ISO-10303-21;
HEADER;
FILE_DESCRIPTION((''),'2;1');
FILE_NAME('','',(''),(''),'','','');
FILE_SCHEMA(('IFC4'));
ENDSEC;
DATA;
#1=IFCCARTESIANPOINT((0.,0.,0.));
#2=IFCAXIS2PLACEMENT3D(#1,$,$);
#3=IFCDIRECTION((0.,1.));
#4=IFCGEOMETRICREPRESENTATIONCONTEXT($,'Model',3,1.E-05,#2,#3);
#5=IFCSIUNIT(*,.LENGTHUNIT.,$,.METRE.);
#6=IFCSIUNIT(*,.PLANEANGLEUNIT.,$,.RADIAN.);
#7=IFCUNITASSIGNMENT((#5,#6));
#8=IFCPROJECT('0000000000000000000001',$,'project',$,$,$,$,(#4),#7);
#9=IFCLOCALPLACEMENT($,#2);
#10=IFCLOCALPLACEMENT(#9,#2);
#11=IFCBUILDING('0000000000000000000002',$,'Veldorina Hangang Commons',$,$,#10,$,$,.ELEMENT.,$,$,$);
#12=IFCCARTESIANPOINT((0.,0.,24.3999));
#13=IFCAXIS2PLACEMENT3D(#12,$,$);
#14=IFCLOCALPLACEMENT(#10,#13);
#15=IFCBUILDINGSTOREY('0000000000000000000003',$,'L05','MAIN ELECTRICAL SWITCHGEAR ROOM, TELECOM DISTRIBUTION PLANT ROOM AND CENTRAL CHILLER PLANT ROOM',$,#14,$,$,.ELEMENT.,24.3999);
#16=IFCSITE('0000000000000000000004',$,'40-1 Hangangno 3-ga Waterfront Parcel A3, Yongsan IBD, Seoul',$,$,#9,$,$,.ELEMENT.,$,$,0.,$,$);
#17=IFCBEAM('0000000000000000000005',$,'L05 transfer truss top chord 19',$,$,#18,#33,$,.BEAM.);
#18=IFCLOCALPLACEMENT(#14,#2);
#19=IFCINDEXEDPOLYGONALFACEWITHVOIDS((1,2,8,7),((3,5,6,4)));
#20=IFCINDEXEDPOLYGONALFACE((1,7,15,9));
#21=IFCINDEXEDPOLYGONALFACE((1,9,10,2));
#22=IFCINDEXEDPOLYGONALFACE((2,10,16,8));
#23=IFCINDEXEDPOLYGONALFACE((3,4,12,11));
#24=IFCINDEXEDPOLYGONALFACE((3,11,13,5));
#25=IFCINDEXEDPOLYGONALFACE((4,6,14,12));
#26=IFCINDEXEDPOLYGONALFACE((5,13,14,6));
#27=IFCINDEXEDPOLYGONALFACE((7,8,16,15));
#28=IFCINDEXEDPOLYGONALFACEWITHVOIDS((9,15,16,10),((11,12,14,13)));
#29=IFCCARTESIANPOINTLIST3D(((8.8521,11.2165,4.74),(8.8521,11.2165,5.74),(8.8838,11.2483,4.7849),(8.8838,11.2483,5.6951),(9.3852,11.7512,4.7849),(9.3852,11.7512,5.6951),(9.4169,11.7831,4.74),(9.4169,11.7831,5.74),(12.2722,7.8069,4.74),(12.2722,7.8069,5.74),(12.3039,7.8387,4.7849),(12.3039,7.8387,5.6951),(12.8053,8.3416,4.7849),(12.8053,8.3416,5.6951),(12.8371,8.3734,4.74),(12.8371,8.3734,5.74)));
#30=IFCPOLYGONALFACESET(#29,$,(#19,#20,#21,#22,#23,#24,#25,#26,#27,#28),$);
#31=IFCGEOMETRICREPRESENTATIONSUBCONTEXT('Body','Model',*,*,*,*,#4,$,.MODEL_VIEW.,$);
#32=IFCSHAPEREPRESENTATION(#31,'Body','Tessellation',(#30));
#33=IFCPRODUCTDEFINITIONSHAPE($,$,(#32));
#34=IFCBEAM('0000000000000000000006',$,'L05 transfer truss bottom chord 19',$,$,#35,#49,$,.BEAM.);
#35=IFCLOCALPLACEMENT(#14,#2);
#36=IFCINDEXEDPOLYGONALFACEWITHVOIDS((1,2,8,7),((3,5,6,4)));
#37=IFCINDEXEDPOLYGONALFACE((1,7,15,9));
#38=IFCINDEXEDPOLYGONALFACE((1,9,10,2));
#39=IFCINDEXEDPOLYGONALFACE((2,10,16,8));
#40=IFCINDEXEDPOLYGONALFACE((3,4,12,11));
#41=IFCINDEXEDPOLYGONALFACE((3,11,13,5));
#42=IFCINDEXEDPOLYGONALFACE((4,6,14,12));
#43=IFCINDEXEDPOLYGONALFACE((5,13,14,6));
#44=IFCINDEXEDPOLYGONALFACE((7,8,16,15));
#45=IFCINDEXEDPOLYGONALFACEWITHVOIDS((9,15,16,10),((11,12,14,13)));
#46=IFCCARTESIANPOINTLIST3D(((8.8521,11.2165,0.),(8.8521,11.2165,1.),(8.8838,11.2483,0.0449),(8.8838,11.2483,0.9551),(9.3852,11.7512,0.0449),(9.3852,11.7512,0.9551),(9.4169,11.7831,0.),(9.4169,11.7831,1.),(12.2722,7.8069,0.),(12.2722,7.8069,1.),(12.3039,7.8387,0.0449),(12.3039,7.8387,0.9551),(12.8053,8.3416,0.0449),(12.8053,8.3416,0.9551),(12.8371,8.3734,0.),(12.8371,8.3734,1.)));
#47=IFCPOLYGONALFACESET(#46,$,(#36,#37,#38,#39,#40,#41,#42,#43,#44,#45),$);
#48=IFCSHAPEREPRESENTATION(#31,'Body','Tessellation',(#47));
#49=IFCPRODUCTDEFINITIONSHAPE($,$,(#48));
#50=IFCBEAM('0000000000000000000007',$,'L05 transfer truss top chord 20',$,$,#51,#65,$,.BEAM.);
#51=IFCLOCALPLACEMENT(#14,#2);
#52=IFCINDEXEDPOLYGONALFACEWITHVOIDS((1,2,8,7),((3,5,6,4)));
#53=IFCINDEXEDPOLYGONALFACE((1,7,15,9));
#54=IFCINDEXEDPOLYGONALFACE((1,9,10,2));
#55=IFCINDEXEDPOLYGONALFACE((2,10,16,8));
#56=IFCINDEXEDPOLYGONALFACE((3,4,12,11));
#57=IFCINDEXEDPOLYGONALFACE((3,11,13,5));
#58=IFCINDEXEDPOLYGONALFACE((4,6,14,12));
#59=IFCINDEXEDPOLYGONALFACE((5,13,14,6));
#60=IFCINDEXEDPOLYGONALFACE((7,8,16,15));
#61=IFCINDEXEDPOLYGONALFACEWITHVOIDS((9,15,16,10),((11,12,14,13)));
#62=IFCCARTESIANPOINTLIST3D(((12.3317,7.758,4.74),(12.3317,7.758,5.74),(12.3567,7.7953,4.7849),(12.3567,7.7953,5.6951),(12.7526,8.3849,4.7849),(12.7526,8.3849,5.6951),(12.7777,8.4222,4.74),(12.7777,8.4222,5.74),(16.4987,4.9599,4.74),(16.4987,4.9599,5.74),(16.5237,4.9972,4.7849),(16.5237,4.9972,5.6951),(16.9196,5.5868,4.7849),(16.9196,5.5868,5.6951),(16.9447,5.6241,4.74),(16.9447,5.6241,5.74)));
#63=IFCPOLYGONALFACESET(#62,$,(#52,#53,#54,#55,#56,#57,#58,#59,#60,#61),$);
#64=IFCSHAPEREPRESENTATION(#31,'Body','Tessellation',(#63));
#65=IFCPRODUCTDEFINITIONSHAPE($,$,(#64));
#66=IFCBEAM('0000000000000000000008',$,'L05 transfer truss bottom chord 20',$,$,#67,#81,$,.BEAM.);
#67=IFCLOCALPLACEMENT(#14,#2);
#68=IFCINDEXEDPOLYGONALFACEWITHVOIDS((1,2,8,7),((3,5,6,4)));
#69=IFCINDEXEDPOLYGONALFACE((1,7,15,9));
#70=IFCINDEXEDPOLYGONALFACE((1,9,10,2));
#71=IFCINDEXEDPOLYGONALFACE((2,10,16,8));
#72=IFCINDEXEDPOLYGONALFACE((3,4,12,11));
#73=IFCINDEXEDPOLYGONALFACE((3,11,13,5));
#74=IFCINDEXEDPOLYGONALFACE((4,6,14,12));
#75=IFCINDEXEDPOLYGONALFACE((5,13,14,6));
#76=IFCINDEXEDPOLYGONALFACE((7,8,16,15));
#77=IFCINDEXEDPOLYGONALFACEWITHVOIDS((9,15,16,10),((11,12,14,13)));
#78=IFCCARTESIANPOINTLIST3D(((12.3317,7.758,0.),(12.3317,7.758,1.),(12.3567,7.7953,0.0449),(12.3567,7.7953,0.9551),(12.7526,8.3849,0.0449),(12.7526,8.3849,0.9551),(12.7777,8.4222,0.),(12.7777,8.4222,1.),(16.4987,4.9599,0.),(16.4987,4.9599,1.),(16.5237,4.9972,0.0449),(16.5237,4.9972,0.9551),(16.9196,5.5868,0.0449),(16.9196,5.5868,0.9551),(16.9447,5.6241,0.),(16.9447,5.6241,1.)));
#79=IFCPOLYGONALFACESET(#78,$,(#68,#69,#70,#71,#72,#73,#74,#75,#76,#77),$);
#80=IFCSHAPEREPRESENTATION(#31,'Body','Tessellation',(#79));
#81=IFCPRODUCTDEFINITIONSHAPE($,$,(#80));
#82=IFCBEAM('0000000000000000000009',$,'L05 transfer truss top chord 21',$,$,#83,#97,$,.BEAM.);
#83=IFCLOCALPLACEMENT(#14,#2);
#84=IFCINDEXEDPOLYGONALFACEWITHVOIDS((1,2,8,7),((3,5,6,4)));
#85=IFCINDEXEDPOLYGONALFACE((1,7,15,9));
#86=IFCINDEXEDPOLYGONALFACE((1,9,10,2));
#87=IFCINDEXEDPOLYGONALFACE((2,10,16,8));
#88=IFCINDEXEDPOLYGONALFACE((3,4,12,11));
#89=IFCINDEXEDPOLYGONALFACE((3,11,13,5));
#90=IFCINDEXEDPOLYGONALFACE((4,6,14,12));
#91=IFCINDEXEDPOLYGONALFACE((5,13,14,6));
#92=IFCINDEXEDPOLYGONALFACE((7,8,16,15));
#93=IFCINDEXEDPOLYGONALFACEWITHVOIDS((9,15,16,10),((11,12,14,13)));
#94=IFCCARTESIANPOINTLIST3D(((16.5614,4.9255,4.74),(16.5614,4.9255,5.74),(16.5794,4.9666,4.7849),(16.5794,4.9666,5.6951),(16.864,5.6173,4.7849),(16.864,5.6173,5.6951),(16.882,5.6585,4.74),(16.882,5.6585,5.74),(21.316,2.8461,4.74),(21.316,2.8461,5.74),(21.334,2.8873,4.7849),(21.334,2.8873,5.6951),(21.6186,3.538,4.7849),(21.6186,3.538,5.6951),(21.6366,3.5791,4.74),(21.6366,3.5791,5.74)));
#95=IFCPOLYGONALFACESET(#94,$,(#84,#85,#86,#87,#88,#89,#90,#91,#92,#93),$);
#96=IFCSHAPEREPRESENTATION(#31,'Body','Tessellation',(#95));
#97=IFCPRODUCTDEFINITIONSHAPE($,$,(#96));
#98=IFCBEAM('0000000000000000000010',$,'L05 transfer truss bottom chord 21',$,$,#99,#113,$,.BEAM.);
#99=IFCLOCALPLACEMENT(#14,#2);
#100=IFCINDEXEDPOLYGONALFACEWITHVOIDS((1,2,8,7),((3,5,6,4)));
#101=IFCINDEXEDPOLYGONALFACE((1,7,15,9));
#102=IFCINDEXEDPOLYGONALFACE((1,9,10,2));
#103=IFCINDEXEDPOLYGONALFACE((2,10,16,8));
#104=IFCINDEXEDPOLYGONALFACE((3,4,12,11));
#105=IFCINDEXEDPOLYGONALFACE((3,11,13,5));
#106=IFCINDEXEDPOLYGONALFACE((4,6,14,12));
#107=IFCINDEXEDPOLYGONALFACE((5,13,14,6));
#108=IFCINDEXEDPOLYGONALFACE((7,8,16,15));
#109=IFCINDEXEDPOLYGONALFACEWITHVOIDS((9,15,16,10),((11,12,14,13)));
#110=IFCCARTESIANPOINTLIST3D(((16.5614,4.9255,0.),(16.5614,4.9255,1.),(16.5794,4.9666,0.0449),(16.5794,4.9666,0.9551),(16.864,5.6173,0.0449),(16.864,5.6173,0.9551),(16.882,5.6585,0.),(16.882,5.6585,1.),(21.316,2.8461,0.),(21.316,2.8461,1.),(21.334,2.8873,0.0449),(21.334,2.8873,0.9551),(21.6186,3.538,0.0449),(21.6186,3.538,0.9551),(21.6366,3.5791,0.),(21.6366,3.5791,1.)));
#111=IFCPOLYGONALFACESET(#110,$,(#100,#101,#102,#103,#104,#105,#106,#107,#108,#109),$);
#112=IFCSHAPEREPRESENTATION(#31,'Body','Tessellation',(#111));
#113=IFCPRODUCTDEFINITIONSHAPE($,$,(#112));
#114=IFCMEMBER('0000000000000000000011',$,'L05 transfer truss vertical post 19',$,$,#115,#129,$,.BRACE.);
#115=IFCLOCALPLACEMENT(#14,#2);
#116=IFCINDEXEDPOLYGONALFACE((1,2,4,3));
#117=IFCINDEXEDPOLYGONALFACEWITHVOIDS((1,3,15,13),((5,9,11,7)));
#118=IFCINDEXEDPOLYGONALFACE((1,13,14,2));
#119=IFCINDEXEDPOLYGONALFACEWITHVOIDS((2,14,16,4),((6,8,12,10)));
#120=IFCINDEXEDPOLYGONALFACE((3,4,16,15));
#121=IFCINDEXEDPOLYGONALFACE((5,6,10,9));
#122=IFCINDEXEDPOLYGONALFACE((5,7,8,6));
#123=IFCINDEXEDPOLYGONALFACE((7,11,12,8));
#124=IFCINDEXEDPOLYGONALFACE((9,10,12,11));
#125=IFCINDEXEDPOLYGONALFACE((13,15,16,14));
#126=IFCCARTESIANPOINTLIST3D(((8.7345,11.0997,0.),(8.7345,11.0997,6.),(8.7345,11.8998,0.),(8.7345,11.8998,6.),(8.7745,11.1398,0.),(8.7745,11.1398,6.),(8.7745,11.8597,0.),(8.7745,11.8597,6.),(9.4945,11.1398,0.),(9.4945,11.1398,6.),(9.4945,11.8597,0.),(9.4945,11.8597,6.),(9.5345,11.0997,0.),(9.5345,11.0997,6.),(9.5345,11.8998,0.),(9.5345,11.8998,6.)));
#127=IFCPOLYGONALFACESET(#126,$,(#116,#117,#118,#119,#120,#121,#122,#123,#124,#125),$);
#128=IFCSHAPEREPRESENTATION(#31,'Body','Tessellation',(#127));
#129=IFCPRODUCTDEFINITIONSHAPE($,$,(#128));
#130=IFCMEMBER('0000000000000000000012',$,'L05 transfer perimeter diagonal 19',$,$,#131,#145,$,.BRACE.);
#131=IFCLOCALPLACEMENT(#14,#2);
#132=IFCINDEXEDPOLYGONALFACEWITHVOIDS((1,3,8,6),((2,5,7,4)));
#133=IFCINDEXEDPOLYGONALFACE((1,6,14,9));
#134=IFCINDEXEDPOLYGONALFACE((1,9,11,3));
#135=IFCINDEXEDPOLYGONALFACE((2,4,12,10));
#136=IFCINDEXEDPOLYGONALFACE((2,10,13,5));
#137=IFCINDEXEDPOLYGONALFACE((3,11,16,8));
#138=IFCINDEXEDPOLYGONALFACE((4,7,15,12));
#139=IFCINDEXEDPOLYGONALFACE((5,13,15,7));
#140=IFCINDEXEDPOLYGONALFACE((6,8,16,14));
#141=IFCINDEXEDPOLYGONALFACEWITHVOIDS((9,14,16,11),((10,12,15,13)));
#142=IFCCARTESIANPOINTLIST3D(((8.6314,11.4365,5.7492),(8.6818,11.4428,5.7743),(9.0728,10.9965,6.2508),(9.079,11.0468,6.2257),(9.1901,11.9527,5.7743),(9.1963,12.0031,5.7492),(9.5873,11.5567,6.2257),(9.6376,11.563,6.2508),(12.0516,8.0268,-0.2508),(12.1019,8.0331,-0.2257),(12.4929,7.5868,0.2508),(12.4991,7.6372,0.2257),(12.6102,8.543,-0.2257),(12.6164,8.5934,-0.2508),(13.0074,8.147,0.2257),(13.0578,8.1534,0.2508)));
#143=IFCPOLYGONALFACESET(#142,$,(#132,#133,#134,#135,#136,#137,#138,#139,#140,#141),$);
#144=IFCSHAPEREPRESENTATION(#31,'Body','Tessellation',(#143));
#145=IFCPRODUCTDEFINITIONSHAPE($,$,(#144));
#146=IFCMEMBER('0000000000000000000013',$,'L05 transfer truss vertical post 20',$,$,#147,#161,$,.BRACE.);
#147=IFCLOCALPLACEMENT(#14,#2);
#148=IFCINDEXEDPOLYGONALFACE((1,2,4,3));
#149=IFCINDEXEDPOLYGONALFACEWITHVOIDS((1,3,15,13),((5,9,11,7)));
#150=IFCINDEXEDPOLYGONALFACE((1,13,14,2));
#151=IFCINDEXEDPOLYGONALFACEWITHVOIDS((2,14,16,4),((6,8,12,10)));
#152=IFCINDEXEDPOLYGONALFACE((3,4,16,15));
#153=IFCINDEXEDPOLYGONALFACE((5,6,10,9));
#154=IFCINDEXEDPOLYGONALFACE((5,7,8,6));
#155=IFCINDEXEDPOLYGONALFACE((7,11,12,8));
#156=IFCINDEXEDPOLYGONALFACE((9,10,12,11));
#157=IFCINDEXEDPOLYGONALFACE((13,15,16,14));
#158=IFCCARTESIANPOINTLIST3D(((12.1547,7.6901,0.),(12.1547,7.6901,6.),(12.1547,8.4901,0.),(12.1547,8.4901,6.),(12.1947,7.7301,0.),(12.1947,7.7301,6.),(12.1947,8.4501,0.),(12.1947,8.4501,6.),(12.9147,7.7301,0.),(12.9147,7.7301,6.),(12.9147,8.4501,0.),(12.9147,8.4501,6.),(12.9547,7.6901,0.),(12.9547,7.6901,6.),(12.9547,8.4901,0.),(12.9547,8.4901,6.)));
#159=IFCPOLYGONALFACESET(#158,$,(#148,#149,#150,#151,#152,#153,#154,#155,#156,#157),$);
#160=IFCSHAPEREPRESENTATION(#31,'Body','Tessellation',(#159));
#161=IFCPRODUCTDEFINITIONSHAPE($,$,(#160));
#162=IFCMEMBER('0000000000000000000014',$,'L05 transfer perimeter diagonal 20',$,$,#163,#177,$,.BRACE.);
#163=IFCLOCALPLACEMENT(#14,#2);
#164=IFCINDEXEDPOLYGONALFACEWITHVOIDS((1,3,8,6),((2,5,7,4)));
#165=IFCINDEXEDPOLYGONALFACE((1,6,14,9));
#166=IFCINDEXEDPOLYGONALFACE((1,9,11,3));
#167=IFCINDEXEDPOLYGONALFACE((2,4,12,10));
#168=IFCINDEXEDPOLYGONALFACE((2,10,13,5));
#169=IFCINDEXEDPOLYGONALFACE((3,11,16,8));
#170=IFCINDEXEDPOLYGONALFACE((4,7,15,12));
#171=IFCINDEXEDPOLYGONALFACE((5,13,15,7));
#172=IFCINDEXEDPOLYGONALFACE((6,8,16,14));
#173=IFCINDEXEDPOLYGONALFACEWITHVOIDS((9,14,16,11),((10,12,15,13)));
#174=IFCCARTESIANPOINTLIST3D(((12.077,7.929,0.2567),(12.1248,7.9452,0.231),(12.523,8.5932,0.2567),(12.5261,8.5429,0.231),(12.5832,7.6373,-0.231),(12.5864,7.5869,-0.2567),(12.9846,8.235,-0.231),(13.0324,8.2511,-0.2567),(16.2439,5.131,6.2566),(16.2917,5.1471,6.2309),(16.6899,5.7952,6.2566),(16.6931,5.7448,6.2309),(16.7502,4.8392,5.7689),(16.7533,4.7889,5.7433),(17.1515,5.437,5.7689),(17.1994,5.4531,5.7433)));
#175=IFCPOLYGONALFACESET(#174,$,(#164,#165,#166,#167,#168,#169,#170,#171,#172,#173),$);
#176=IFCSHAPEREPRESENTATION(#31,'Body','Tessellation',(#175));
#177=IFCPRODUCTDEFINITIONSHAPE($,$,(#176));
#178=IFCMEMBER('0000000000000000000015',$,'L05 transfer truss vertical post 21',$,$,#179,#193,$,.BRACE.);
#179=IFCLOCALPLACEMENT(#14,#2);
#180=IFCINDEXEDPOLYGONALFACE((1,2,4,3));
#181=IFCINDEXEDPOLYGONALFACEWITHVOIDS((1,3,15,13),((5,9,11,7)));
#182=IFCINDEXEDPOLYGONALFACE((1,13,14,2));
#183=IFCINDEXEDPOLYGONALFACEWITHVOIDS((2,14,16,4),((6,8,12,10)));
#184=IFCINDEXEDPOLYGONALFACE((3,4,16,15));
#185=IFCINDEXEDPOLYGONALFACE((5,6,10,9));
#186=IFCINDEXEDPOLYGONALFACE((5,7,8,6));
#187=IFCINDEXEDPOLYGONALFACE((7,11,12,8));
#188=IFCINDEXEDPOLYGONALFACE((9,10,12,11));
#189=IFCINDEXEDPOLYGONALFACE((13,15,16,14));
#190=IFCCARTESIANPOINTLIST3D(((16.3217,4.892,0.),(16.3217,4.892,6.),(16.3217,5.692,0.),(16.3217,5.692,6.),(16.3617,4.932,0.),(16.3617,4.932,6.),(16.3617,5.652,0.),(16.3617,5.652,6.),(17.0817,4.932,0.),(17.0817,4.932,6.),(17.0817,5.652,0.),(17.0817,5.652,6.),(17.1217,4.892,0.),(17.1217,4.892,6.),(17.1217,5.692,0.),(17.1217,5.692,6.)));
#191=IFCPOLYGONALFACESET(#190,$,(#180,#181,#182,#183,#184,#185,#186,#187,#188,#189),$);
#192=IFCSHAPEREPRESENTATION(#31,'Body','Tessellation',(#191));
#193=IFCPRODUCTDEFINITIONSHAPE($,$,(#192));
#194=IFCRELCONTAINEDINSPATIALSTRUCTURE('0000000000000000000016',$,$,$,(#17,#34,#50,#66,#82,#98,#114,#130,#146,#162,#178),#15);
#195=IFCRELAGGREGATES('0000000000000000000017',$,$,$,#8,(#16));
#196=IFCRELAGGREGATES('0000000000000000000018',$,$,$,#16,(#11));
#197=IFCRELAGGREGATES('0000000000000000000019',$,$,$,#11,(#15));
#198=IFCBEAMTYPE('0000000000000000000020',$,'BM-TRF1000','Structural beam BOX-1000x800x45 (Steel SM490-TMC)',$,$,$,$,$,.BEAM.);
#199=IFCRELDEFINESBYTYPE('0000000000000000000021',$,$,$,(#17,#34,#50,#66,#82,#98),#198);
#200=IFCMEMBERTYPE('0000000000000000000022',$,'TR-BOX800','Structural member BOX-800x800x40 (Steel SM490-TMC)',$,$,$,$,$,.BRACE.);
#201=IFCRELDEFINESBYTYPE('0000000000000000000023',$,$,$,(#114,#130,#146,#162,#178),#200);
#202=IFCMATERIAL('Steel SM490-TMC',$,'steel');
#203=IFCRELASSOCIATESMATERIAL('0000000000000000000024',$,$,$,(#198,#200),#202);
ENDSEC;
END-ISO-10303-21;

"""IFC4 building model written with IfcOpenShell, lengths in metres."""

from ifc_helpers import new_model, si_unit, direction, frame, origin, origin_2d, place, context, subcontext, project, spatial, hollow_rectangle, extrude, material, material_profile, profile_set, type_object, element, save


model = new_model("IFC4")

# Units and contexts
model_context = context("Model", 3, precision=1e-05, world=origin(), true_north=direction((0.0, 1.0)))
body_context = subcontext(model_context, "Body", "Model", "MODEL_VIEW")
ifc_project = project(units=[si_unit("LENGTHUNIT", "METRE"), si_unit("PLANEANGLEUNIT", "RADIAN")], contexts=[model_context])

# Site, building, storey
site_placement = place(None, origin())
site = spatial("IfcSite", under=ifc_project, at=site_placement, Name="40-1 Hangangno 3-ga Waterfront Parcel A3, Yongsan IBD, Seoul", CompositionType="ELEMENT", RefElevation=0.0)
building_placement = place(site_placement, origin())
building = spatial("IfcBuilding", under=site, at=building_placement, Name="Veldorina Hangang Commons", CompositionType="ELEMENT")
storey_placement = place(building_placement, frame((0.0, 0.0, 24.3999)))
storey = spatial("IfcBuildingStorey", under=building, at=storey_placement, Name="L05", Description="MAIN ELECTRICAL SWITCHGEAR ROOM, TELECOM DISTRIBUTION PLANT ROOM AND CENTRAL CHILLER PLANT ROOM", CompositionType="ELEMENT", Elevation=24.3999)

# Beams
ifc_material_1 = material(Name="Steel SM490-TMC", Category="steel")
ifc_material_profile_1 = material_profile(ifc_material_1, hollow_rectangle(XDim=0.8, YDim=1.0, WallThickness=0.0449, at=origin_2d()), Name="BOX-1000x800x45")
ifc_profile_set_1 = profile_set([ifc_material_profile_1], Name="Steel SM490-TMC")
beam_type = type_object("IfcBeamType", Name="BM-TRF1000", Description="Structural beam BOX-1000x800x45 (Steel SM490-TMC)", PredefinedType="BEAM", material=ifc_profile_set_1)
for number, where, z_axis, x_axis, name in (
    (1, (9.1345, 11.4998, 5.24), (0.708193, -0.706019, 0.0), (0.706019, 0.708193, 0.0), "L05 transfer truss top chord 19"),
    (2, (9.1345, 11.4998, 0.5), (0.708193, -0.706019, 0.0), (0.706019, 0.708193, 0.0), "L05 transfer truss bottom chord 19"),
):
    element("IfcBeam", number, at=place(storey_placement, frame(where, z_axis=z_axis, x_axis=x_axis)), inside=storey, type_object=beam_type, Name=name, PredefinedType="BEAM", context=body_context, shape_type="SweptSolid", body=[
        extrude(hollow_rectangle(XDim=0.8, YDim=1.0, WallThickness=0.0449, at=origin_2d()), origin(), (0.0, 0.0, 1.0), 4.8293),
    ])
for number, where, z_axis, x_axis, name in (
    (3, (12.5547, 8.0901, 5.24), (0.830197, -0.55747, 0.0), (0.55747, 0.830197, 0.0), "L05 transfer truss top chord 20"),
    (4, (12.5547, 8.0901, 0.5), (0.830197, -0.55747, 0.0), (0.55747, 0.830197, 0.0), "L05 transfer truss bottom chord 20"),
):
    element("IfcBeam", number, at=place(storey_placement, frame(where, z_axis=z_axis, x_axis=x_axis)), inside=storey, type_object=beam_type, Name=name, PredefinedType="BEAM", context=body_context, shape_type="SweptSolid", body=[
        extrude(hollow_rectangle(XDim=0.8, YDim=1.0, WallThickness=0.0449, at=origin_2d()), origin(), (0.0, 0.0, 1.0), 5.0193),
    ])
for number, where, z_axis, x_axis, name in (
    (5, (16.7217, 5.292, 5.24), (0.916215, -0.400688, 0.0), (0.400688, 0.916215, 0.0), "L05 transfer truss top chord 21"),
    (6, (16.7217, 5.292, 0.5), (0.916215, -0.400688, 0.0), (0.400688, 0.916215, 0.0), "L05 transfer truss bottom chord 21"),
):
    element("IfcBeam", number, at=place(storey_placement, frame(where, z_axis=z_axis, x_axis=x_axis)), inside=storey, type_object=beam_type, Name=name, PredefinedType="BEAM", context=body_context, shape_type="SweptSolid", body=[
        extrude(hollow_rectangle(XDim=0.8, YDim=1.0, WallThickness=0.0449, at=origin_2d()), origin(), (0.0, 0.0, 1.0), 5.1895),
    ])

# Members
ifc_material_profile_2 = material_profile(ifc_material_1, hollow_rectangle(XDim=0.8, YDim=0.8, WallThickness=0.04, at=origin_2d()), Name="BOX-800x800x40")
ifc_profile_set_2 = profile_set([ifc_material_profile_2], Name="Steel SM490-TMC")
member_type = type_object("IfcMemberType", Name="TR-BOX800", Description="Structural member BOX-800x800x40 (Steel SM490-TMC)", PredefinedType="BRACE", material=ifc_profile_set_2)
member_1_placement = place(storey_placement, frame((9.1345, 11.4998, 0.0), z_axis=(0.0, 0.0, 1.0), x_axis=(1.0, 0.0, 0.0)))
element("IfcMember", 7, at=member_1_placement, inside=storey, type_object=member_type, Name="L05 transfer truss vertical post 19", PredefinedType="BRACE", context=body_context, shape_type="SweptSolid", body=[
    extrude(hollow_rectangle(XDim=0.8, YDim=0.8, WallThickness=0.04, at=origin_2d()), origin(), (0.0, 0.0, 1.0), 6.0),
])
member_2_placement = place(storey_placement, frame((9.1345, 11.4998, 6.0), z_axis=(0.444052, -0.442689, -0.779002), x_axis=(0.706019, 0.708193, 0.0)))
element("IfcMember", 8, at=member_2_placement, inside=storey, type_object=member_type, Name="L05 transfer perimeter diagonal 19", PredefinedType="BRACE", context=body_context, shape_type="SweptSolid", body=[
    extrude(hollow_rectangle(XDim=0.8, YDim=0.8, WallThickness=0.04, at=origin_2d()), origin(), (0.0, 0.0, 1.0), 7.7021),
])
member_3_placement = place(storey_placement, frame((12.5547, 8.0901, 0.0), z_axis=(0.0, 0.0, 1.0), x_axis=(1.0, 0.0, 0.0)))
element("IfcMember", 9, at=member_3_placement, inside=storey, type_object=member_type, Name="L05 transfer truss vertical post 20", PredefinedType="BRACE", context=body_context, shape_type="SweptSolid", body=[
    extrude(hollow_rectangle(XDim=0.8, YDim=0.8, WallThickness=0.04, at=origin_2d()), origin(), (0.0, 0.0, 1.0), 6.0),
])
member_4_placement = place(storey_placement, frame((12.5547, 8.0901, 0.0), z_axis=(0.532686, -0.357694, 0.767008), x_axis=(0.55747, 0.830197, 0.0)))
element("IfcMember", 10, at=member_4_placement, inside=storey, type_object=member_type, Name="L05 transfer perimeter diagonal 20", PredefinedType="BRACE", context=body_context, shape_type="SweptSolid", body=[
    extrude(hollow_rectangle(XDim=0.8, YDim=0.8, WallThickness=0.04, at=origin_2d()), origin(), (0.0, 0.0, 1.0), 7.8225),
])
member_5_placement = place(storey_placement, frame((16.7217, 5.292, 0.0), z_axis=(0.0, 0.0, 1.0), x_axis=(1.0, 0.0, 0.0)))
element("IfcMember", 11, at=member_5_placement, inside=storey, type_object=member_type, Name="L05 transfer truss vertical post 21", PredefinedType="BRACE", context=body_context, shape_type="SweptSolid", body=[
    extrude(hollow_rectangle(XDim=0.8, YDim=0.8, WallThickness=0.04, at=origin_2d()), origin(), (0.0, 0.0, 1.0), 6.0),
])

save(model, "model.ifc")
